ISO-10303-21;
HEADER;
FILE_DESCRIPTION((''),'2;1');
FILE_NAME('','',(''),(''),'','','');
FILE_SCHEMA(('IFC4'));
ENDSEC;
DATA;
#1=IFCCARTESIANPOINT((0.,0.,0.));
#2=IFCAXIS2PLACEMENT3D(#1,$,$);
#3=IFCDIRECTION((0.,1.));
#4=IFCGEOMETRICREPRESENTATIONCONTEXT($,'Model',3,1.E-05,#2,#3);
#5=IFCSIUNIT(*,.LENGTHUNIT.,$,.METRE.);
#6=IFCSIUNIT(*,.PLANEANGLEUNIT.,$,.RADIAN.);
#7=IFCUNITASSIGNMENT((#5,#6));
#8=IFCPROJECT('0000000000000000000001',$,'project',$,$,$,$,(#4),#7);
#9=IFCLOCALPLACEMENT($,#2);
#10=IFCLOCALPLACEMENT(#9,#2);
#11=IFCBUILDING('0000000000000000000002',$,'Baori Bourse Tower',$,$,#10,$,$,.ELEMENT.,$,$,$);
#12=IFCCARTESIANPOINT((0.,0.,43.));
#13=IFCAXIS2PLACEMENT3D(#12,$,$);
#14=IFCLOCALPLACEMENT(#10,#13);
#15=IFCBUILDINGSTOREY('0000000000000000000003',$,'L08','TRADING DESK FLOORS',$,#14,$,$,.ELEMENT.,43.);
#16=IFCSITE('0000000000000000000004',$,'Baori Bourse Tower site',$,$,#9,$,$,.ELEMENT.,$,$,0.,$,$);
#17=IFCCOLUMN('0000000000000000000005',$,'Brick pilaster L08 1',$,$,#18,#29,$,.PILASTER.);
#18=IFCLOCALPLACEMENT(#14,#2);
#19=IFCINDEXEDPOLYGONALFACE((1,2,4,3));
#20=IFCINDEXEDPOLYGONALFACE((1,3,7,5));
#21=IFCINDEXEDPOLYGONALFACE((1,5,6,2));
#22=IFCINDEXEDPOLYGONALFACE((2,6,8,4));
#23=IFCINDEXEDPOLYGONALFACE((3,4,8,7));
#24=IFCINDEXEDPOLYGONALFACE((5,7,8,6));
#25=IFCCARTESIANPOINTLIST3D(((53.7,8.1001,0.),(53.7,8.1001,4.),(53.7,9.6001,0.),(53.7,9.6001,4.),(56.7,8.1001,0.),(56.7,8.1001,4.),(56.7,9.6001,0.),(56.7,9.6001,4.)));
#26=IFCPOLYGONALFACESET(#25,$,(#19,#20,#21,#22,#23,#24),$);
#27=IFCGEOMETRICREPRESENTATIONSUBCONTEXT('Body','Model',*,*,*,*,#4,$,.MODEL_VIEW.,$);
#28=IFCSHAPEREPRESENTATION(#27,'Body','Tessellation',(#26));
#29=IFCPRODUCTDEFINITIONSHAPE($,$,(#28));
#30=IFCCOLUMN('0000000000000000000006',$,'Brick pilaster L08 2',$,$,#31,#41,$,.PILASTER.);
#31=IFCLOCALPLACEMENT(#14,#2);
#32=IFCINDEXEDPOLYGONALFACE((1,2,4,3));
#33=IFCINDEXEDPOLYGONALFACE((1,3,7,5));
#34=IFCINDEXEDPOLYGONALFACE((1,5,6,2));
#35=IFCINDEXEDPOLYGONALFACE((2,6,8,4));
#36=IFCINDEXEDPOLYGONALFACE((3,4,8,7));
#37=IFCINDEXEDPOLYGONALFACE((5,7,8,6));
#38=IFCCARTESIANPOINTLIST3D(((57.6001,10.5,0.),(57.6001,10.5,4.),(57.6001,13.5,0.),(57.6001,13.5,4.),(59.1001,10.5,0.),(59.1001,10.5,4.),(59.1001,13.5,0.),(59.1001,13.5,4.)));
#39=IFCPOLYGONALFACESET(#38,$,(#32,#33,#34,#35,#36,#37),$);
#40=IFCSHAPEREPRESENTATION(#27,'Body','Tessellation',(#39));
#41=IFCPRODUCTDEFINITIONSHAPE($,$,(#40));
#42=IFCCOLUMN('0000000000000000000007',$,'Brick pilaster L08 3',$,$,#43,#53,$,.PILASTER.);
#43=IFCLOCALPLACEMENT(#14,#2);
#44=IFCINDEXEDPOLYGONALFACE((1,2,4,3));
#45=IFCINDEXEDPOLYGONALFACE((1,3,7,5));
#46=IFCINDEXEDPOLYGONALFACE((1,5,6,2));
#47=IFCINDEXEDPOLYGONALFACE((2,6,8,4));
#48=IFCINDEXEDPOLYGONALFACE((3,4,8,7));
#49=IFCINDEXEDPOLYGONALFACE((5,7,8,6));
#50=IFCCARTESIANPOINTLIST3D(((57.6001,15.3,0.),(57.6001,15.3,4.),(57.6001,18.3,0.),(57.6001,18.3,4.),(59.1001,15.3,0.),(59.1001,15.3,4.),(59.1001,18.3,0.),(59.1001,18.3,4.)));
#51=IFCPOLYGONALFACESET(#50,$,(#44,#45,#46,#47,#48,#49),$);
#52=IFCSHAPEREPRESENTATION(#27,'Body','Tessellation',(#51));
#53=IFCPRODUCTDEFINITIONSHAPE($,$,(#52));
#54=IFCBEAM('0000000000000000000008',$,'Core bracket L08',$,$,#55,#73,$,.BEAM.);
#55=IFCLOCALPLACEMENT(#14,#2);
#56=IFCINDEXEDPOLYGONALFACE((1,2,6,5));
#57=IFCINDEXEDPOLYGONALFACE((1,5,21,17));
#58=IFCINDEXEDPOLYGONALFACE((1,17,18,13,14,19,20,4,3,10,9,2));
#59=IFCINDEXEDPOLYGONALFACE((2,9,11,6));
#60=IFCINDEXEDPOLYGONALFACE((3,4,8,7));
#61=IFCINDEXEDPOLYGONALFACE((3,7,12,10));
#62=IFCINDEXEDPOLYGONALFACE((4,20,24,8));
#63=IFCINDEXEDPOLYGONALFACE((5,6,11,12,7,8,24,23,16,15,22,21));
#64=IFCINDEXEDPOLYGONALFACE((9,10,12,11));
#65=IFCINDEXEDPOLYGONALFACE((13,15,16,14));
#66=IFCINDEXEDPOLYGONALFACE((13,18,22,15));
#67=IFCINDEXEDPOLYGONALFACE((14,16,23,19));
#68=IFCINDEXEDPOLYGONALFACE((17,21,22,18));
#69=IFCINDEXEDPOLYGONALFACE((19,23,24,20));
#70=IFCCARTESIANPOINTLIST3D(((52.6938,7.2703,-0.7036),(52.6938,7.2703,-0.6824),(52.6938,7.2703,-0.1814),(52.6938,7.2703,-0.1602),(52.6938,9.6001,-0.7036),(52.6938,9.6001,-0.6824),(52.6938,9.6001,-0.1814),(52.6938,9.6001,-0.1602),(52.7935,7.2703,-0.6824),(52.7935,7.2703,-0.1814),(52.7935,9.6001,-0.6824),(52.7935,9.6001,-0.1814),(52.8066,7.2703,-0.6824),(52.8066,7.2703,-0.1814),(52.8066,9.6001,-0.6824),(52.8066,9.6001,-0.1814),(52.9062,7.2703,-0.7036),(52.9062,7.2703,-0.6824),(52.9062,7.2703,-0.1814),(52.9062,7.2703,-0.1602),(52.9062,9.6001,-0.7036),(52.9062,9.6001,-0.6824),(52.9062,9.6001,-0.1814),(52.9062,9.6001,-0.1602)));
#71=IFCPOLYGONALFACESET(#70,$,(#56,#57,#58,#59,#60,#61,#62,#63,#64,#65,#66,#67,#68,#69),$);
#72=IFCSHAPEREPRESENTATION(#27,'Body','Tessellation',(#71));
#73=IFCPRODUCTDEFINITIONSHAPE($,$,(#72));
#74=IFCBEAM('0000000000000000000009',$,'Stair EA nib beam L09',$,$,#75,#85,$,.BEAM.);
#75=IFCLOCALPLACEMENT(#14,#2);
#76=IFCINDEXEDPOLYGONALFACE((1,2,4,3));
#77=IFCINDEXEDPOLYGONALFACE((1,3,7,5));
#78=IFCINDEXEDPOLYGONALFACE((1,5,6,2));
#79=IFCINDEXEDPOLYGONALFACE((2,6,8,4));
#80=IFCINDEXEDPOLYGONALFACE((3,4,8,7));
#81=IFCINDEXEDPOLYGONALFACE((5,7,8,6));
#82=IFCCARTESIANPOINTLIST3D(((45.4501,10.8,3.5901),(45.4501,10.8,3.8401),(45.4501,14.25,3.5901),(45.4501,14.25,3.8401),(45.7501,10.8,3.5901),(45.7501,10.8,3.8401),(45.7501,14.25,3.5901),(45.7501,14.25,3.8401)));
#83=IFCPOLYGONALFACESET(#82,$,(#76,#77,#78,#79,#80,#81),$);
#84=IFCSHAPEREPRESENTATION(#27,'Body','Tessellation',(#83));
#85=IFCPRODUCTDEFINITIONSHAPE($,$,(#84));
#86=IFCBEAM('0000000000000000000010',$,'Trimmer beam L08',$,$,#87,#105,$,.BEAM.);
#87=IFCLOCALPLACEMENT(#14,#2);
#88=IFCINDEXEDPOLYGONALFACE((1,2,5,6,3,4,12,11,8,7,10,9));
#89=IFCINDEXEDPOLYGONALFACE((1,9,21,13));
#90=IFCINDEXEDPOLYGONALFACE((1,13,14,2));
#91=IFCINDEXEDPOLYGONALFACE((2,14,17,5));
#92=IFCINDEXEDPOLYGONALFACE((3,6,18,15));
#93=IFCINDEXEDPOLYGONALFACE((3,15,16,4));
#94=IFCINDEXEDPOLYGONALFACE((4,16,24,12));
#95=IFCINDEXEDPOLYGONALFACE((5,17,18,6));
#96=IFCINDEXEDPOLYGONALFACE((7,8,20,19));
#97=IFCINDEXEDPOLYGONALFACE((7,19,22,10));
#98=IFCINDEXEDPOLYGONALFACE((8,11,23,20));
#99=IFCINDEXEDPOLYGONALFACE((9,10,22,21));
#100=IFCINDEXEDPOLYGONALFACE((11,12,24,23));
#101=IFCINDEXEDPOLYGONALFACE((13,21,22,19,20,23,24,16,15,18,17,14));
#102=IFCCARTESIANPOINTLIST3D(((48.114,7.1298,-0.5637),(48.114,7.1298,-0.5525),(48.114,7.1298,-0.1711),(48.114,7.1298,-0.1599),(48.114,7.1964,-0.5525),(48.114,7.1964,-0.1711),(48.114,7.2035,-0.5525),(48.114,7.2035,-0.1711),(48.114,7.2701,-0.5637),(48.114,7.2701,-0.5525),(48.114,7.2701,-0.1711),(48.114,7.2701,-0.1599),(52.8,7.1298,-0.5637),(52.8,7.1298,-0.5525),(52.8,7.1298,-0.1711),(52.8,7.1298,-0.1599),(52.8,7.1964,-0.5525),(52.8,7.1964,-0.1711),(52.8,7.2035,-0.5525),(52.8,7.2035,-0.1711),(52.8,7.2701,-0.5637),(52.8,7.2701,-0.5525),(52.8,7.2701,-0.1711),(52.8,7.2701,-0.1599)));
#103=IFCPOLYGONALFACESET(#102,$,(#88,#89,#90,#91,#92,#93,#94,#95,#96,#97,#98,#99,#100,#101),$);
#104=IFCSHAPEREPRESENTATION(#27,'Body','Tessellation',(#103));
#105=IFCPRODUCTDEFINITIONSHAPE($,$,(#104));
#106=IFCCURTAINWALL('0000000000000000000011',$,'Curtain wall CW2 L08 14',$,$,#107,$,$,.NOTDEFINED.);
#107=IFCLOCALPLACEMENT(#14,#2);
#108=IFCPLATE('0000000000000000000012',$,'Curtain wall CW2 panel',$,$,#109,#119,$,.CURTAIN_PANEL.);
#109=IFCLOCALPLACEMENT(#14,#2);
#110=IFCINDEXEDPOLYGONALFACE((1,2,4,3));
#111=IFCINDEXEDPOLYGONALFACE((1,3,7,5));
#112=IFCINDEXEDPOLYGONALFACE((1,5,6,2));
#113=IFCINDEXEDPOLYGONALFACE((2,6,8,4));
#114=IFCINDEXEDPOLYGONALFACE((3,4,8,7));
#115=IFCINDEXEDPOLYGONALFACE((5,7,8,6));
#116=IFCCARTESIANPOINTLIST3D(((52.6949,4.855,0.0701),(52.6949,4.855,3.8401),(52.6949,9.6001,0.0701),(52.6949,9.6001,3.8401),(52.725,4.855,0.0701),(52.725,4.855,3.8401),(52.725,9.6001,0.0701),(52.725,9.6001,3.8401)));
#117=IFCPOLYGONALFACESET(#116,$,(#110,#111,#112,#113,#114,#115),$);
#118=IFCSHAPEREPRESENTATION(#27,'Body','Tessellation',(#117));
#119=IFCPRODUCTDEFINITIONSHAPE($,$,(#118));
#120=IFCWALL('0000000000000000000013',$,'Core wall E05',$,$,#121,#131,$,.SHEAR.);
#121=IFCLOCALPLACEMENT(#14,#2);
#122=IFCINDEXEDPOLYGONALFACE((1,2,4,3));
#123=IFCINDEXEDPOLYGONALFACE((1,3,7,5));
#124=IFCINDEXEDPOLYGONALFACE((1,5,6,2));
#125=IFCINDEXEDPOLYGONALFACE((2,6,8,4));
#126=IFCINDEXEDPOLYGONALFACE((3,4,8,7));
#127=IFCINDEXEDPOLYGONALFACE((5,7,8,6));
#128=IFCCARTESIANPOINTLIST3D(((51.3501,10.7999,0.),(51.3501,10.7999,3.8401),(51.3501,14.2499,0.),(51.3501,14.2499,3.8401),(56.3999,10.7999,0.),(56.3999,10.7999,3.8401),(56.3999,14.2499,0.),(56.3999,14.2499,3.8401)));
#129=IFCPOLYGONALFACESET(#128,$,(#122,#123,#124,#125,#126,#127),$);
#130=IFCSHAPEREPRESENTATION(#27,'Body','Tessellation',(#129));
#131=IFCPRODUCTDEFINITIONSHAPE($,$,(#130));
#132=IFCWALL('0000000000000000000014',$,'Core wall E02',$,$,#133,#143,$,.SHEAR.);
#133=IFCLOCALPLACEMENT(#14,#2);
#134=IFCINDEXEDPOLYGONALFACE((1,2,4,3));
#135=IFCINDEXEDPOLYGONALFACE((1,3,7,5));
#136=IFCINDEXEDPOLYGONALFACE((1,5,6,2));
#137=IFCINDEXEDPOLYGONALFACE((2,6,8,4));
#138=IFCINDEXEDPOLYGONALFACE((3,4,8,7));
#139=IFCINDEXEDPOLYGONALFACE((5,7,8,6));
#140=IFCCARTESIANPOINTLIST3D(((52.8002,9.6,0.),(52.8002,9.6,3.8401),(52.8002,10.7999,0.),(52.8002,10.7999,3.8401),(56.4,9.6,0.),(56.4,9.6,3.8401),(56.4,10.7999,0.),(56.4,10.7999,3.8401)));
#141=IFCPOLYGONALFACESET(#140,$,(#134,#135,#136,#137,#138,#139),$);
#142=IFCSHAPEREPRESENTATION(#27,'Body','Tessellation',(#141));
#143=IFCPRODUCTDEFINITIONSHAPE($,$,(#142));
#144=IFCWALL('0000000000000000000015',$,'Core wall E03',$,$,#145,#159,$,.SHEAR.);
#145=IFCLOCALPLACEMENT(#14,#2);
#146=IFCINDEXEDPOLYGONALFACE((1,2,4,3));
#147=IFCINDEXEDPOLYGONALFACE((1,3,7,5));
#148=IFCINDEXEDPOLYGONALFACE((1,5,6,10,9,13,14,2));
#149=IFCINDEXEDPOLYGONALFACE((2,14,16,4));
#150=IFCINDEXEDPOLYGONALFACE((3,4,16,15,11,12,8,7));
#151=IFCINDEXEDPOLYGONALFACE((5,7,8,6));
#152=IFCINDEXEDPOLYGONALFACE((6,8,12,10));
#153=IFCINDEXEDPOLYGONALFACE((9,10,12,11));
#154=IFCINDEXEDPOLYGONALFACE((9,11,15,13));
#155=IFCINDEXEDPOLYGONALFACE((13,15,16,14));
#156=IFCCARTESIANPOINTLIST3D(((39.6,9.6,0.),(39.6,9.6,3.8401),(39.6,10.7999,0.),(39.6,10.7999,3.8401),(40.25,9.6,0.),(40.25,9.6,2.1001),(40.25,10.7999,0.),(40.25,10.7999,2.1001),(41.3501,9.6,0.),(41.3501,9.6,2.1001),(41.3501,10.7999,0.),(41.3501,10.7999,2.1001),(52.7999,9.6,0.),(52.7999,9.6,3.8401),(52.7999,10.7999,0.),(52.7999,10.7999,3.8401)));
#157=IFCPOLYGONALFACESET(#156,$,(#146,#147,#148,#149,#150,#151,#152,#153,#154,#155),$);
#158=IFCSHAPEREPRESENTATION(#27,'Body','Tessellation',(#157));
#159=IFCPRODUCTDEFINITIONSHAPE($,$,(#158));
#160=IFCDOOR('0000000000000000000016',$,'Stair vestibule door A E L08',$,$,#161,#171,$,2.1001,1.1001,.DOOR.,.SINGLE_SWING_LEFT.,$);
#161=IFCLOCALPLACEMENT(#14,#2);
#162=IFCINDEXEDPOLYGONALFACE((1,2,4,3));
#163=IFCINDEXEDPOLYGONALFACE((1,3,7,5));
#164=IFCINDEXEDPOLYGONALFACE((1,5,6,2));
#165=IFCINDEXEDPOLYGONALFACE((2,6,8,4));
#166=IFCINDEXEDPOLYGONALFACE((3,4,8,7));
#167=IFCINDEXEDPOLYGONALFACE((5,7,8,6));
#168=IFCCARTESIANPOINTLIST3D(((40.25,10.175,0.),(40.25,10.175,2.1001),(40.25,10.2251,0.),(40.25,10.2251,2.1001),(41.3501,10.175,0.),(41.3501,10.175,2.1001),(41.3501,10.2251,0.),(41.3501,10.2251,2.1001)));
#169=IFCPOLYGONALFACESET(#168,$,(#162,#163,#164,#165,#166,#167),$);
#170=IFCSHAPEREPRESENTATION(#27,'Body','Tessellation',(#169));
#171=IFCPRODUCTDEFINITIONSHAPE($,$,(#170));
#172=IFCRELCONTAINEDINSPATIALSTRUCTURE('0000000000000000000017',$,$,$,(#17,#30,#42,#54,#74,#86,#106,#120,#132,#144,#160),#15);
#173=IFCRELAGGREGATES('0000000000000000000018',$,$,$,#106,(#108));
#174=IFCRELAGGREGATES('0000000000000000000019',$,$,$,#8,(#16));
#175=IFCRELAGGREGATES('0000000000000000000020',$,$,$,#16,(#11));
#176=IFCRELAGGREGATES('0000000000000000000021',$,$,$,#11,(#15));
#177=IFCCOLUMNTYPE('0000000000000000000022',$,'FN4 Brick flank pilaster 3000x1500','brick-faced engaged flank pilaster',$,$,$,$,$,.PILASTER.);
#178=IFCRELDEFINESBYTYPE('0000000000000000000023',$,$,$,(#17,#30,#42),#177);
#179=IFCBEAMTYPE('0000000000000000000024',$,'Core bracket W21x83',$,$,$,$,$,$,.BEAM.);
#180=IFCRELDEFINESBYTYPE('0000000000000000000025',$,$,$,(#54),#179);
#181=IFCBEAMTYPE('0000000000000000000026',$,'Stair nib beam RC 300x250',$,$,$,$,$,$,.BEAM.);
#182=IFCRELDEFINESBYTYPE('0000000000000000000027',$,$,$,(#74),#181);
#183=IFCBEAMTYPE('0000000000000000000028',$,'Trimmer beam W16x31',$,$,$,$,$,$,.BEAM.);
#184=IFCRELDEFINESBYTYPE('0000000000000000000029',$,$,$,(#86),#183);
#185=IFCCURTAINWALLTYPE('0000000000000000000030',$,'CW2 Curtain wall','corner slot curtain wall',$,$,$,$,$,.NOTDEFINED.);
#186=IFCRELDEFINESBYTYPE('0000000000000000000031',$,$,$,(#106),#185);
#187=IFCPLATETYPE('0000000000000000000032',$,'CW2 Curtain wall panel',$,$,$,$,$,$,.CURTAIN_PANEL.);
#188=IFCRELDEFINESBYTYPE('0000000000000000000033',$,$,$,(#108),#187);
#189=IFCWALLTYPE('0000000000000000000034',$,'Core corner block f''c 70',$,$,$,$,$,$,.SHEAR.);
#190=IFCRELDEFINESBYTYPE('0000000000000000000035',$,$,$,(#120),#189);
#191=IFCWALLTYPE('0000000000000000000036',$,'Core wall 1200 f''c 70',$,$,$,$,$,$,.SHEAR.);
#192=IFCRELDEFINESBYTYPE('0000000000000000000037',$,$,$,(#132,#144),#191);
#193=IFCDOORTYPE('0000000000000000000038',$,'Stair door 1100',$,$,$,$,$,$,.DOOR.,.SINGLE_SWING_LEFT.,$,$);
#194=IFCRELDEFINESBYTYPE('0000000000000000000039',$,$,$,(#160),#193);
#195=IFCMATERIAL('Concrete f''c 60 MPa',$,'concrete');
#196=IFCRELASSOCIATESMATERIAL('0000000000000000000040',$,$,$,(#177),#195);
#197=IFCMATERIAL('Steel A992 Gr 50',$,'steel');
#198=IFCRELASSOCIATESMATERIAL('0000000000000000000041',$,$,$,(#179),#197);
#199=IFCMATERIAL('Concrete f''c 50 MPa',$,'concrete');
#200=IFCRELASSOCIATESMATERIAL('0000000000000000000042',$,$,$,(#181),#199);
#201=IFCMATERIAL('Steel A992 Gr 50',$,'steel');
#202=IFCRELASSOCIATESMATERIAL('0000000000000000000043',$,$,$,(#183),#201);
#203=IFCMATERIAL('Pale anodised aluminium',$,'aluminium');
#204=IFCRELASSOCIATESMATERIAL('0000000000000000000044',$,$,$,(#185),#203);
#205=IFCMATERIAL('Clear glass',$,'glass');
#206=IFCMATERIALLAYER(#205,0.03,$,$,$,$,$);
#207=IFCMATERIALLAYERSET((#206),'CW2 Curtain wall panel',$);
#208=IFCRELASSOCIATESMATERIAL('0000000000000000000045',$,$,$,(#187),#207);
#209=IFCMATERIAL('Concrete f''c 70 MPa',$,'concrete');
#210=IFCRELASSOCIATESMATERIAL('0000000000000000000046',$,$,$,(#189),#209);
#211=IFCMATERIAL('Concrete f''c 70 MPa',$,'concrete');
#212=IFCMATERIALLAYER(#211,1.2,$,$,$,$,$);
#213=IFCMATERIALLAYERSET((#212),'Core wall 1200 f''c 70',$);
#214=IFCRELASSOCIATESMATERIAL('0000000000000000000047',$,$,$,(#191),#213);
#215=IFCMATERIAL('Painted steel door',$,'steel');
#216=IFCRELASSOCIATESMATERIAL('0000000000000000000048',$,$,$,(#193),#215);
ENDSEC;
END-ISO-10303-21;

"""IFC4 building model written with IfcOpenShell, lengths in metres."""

from ifc_helpers import new_model, si_unit, direction, frame, frame_2d, origin, origin_2d, place, context, subcontext, project, spatial, rectangle, i_section, extrude, material, layer, layer_set, material_profile, profile_set, type_object, element, fill, aggregate, save


model = new_model("IFC4")

# Units and contexts
model_context = context("Model", 3, precision=1e-05, world=origin(), true_north=direction((0.0, 1.0)))
body_context = subcontext(model_context, "Body", "Model", "MODEL_VIEW")
ifc_project = project(units=[si_unit("LENGTHUNIT", "METRE"), si_unit("PLANEANGLEUNIT", "RADIAN")], contexts=[model_context])

# Site, building, storey
site_placement = place(None, origin())
site = spatial("IfcSite", under=ifc_project, at=site_placement, Name="Baori Bourse Tower site", CompositionType="ELEMENT", RefElevation=0.0)
building_placement = place(site_placement, origin())
building = spatial("IfcBuilding", under=site, at=building_placement, Name="Baori Bourse Tower", CompositionType="ELEMENT")
storey_placement = place(building_placement, frame((0.0, 0.0, 43.0)))
storey = spatial("IfcBuildingStorey", under=building, at=storey_placement, Name="L08", Description="TRADING DESK FLOORS", CompositionType="ELEMENT", Elevation=43.0)

# Columns
ifc_material_1 = material(Name="Concrete f'c 60 MPa", Category="concrete")
ifc_material_profile_1 = material_profile(ifc_material_1, rectangle(XDim=3.0, YDim=1.5, at=origin_2d()), Name="RC 3000x1500")
ifc_profile_set_1 = profile_set([ifc_material_profile_1], Name="Concrete f'c 60 MPa")
column_type = type_object("IfcColumnType", Name="FN4 Brick flank pilaster 3000x1500", Description="brick-faced engaged flank pilaster", PredefinedType="PILASTER", material=ifc_profile_set_1)
for number, where, z_axis, x_axis, name in (
    (1, (55.2, 8.8501, 0.0), (0.0, 0.0, 1.0), (1.0, 0.0, 0.0), "Brick pilaster L08 1"),
    (2, (58.3501, 12.0, 0.0), (0.0, 0.0, 1.0), (0.0, 1.0, 0.0), "Brick pilaster L08 2"),
    (3, (58.3501, 16.8, 0.0), (0.0, 0.0, 1.0), (0.0, 1.0, 0.0), "Brick pilaster L08 3"),
):
    element("IfcColumn", number, at=place(storey_placement, frame(where, z_axis=z_axis, x_axis=x_axis)), inside=storey, type_object=column_type, Name=name, PredefinedType="PILASTER", context=body_context, shape_type="SweptSolid", body=[
        extrude(rectangle(XDim=3.0, YDim=1.5, at=origin_2d()), origin(), (0.0, 0.0, 1.0), 4.0),
    ])

# Beams
ifc_material_2 = material(Name="Steel A992 Gr 50", Category="steel")
ifc_material_profile_2 = material_profile(ifc_material_2, i_section(OverallWidth=0.2124, OverallDepth=0.5435, WebThickness=0.0132, FlangeThickness=0.0212, at=origin_2d()), Name="W21x83")
ifc_profile_set_2 = profile_set([ifc_material_profile_2], Name="Steel A992 Gr 50")
beam_type_1 = type_object("IfcBeamType", Name="Core bracket W21x83", PredefinedType="BEAM", material=ifc_profile_set_2)
beam_1_placement = place(storey_placement, frame((52.8, 7.2703, -0.4319), z_axis=(0.0, 1.0, 0.0), x_axis=(-1.0, 0.0, 0.0)))
element("IfcBeam", 4, at=beam_1_placement, inside=storey, type_object=beam_type_1, Name="Core bracket L08", PredefinedType="BEAM", context=body_context, shape_type="SweptSolid", body=[
    extrude(i_section(OverallWidth=0.2124, OverallDepth=0.5435, WebThickness=0.0132, FlangeThickness=0.0212, at=origin_2d()), origin(), (0.0, 0.0, 1.0), 2.3298),
])
ifc_material_3 = material(Name="Concrete f'c 50 MPa", Category="concrete")
ifc_material_profile_3 = material_profile(ifc_material_3, rectangle(XDim=0.3, YDim=0.25, at=origin_2d()), Name="RC 300x250")
ifc_profile_set_3 = profile_set([ifc_material_profile_3], Name="Concrete f'c 50 MPa")
beam_type_2 = type_object("IfcBeamType", Name="Stair nib beam RC 300x250", PredefinedType="BEAM", material=ifc_profile_set_3)
beam_2_placement = place(storey_placement, frame((45.6001, 10.8, 3.7151), z_axis=(0.0, 1.0, 0.0), x_axis=(-1.0, 0.0, 0.0)))
element("IfcBeam", 5, at=beam_2_placement, inside=storey, type_object=beam_type_2, Name="Stair EA nib beam L09", PredefinedType="BEAM", context=body_context, shape_type="SweptSolid", body=[
    extrude(rectangle(XDim=0.3, YDim=0.25, at=origin_2d()), origin(), (0.0, 0.0, 1.0), 3.45),
])
ifc_material_4 = material(Name="Steel A992 Gr 50", Category="steel")
ifc_material_profile_4 = material_profile(ifc_material_4, i_section(OverallWidth=0.1404, OverallDepth=0.4038, WebThickness=0.0071, FlangeThickness=0.0112, at=origin_2d()), Name="W16x31")
ifc_profile_set_4 = profile_set([ifc_material_profile_4], Name="Steel A992 Gr 50")
beam_type_3 = type_object("IfcBeamType", Name="Trimmer beam W16x31", PredefinedType="BEAM", material=ifc_profile_set_4)
beam_3_placement = place(storey_placement, frame((48.114, 7.2, -0.3618), z_axis=(1.0, 0.0, 0.0), x_axis=(0.0, 1.0, 0.0)))
element("IfcBeam", 6, at=beam_3_placement, inside=storey, type_object=beam_type_3, Name="Trimmer beam L08", PredefinedType="BEAM", context=body_context, shape_type="SweptSolid", body=[
    extrude(i_section(OverallWidth=0.1404, OverallDepth=0.4038, WebThickness=0.0071, FlangeThickness=0.0112, at=origin_2d()), origin(), (0.0, 0.0, 1.0), 4.686),
])

# Curtain wall, plate
ifc_material_5 = material(Name="Pale anodised aluminium", Category="aluminium")
curtain_wall_type = type_object("IfcCurtainWallType", Name="CW2 Curtain wall", Description="corner slot curtain wall", PredefinedType="NOTDEFINED", material=ifc_material_5)
curtain_wall_placement = place(storey_placement, origin())
curtain_wall = element("IfcCurtainWall", 7, at=curtain_wall_placement, inside=storey, type_object=curtain_wall_type, Name="Curtain wall CW2 L08 14", PredefinedType="NOTDEFINED")
ifc_material_6 = material(Name="Clear glass", Category="glass")
ifc_layer_1 = layer(ifc_material_6, 0.03)
ifc_layer_set_1 = layer_set([ifc_layer_1], Name="CW2 Curtain wall panel")
plate_type = type_object("IfcPlateType", Name="CW2 Curtain wall panel", PredefinedType="CURTAIN_PANEL", material=ifc_layer_set_1)
plate_placement = place(storey_placement, frame((52.71, 7.2275, 0.0701), z_axis=(0.0, 0.0, 1.0), x_axis=(0.0, 1.0, 0.0)))
plate = element("IfcPlate", 8, at=plate_placement, type_object=plate_type, Name="Curtain wall CW2 panel", PredefinedType="CURTAIN_PANEL", context=body_context, shape_type="SweptSolid", body=[
    extrude(rectangle(XDim=4.7451, YDim=0.03, at=origin_2d()), origin(), (0.0, 0.0, 1.0), 3.77),
])
aggregate(curtain_wall, [plate])

# Walls
ifc_material_7 = material(Name="Concrete f'c 70 MPa", Category="concrete")
wall_type_1 = type_object("IfcWallType", Name="Core corner block f'c 70", PredefinedType="SHEAR", material=ifc_material_7)
wall_1_placement = place(storey_placement, frame((51.3501, 12.5249, 0.0), z_axis=(0.0, 0.0, 1.0), x_axis=(1.0, 0.0, 0.0)))
element("IfcWall", 9, at=wall_1_placement, inside=storey, type_object=wall_type_1, Name="Core wall E05", PredefinedType="SHEAR", context=body_context, shape_type="SweptSolid", body=[
    extrude(rectangle(XDim=5.0498, YDim=3.45, at=frame_2d((2.5249, 0.0))), origin(), (0.0, 0.0, 1.0), 3.8401),
])
ifc_material_8 = material(Name="Concrete f'c 70 MPa", Category="concrete")
ifc_layer_2 = layer(ifc_material_8, 1.2)
ifc_layer_set_2 = layer_set([ifc_layer_2], Name="Core wall 1200 f'c 70")
wall_type_2 = type_object("IfcWallType", Name="Core wall 1200 f'c 70", PredefinedType="SHEAR", material=ifc_layer_set_2)
wall_2_placement = place(storey_placement, frame((56.3999, 10.2, 0.0), z_axis=(0.0, 0.0, 1.0), x_axis=(-1.0, 0.0, 0.0)))
element("IfcWall", 10, at=wall_2_placement, inside=storey, type_object=wall_type_2, Name="Core wall E02", PredefinedType="SHEAR", context=body_context, shape_type="SweptSolid", body=[
    extrude(rectangle(XDim=3.5999, YDim=1.2, at=frame_2d((1.7998, 0.0))), origin(), (0.0, 0.0, 1.0), 3.8401),
])

# Wall, opening, door
wall_3_placement = place(storey_placement, frame((52.8, 10.2, 0.0), z_axis=(0.0, 0.0, 1.0), x_axis=(-1.0, 0.0, 0.0)))
wall_3 = element("IfcWall", 11, at=wall_3_placement, inside=storey, type_object=wall_type_2, Name="Core wall E03", PredefinedType="SHEAR", context=body_context, shape_type="SweptSolid", body=[
    extrude(rectangle(XDim=13.2, YDim=1.2, at=frame_2d((6.6001, 0.0))), origin(), (0.0, 0.0, 1.0), 3.8401),
])
opening_1_placement = place(wall_3_placement, frame((11.45, 0.0, 0.0)))
opening_1 = element("IfcOpeningElement", 12, at=opening_1_placement, cuts=wall_3, PredefinedType="OPENING", context=body_context, shape_type="SweptSolid", body=[
    extrude(rectangle(XDim=1.1001, YDim=2.1001, at=frame_2d((0.55, 1.05))), frame((0.0, 0.6099, 0.0), z_axis=(0.0, -1.0, 0.0), x_axis=(1.0, 0.0, 0.0)), (0.0, 0.0, 1.0), 1.22),
])
ifc_material_9 = material(Name="Painted steel door", Category="steel")
door_type_1 = type_object("IfcDoorType", Name="Stair door 1100", OperationType="SINGLE_SWING_LEFT", PredefinedType="DOOR", material=ifc_material_9)
door_1_placement = place(opening_1_placement, origin())
door_1 = element("IfcDoor", 13, at=door_1_placement, inside=storey, type_object=door_type_1, Name="Stair vestibule door A E L08", OperationType="SINGLE_SWING_LEFT", OverallHeight=2.1001, OverallWidth=1.1001, PredefinedType="DOOR", context=body_context, shape_type="SweptSolid", body=[
    extrude(rectangle(XDim=1.1001, YDim=2.1001, at=frame_2d((0.55, 1.05))), frame((0.0, 0.0249, 0.0), z_axis=(0.0, -1.0, 0.0), x_axis=(1.0, 0.0, 0.0)), (0.0, 0.0, 1.0), 0.05),
])
fill(opening_1, door_1)

save(model, "model.ifc")
